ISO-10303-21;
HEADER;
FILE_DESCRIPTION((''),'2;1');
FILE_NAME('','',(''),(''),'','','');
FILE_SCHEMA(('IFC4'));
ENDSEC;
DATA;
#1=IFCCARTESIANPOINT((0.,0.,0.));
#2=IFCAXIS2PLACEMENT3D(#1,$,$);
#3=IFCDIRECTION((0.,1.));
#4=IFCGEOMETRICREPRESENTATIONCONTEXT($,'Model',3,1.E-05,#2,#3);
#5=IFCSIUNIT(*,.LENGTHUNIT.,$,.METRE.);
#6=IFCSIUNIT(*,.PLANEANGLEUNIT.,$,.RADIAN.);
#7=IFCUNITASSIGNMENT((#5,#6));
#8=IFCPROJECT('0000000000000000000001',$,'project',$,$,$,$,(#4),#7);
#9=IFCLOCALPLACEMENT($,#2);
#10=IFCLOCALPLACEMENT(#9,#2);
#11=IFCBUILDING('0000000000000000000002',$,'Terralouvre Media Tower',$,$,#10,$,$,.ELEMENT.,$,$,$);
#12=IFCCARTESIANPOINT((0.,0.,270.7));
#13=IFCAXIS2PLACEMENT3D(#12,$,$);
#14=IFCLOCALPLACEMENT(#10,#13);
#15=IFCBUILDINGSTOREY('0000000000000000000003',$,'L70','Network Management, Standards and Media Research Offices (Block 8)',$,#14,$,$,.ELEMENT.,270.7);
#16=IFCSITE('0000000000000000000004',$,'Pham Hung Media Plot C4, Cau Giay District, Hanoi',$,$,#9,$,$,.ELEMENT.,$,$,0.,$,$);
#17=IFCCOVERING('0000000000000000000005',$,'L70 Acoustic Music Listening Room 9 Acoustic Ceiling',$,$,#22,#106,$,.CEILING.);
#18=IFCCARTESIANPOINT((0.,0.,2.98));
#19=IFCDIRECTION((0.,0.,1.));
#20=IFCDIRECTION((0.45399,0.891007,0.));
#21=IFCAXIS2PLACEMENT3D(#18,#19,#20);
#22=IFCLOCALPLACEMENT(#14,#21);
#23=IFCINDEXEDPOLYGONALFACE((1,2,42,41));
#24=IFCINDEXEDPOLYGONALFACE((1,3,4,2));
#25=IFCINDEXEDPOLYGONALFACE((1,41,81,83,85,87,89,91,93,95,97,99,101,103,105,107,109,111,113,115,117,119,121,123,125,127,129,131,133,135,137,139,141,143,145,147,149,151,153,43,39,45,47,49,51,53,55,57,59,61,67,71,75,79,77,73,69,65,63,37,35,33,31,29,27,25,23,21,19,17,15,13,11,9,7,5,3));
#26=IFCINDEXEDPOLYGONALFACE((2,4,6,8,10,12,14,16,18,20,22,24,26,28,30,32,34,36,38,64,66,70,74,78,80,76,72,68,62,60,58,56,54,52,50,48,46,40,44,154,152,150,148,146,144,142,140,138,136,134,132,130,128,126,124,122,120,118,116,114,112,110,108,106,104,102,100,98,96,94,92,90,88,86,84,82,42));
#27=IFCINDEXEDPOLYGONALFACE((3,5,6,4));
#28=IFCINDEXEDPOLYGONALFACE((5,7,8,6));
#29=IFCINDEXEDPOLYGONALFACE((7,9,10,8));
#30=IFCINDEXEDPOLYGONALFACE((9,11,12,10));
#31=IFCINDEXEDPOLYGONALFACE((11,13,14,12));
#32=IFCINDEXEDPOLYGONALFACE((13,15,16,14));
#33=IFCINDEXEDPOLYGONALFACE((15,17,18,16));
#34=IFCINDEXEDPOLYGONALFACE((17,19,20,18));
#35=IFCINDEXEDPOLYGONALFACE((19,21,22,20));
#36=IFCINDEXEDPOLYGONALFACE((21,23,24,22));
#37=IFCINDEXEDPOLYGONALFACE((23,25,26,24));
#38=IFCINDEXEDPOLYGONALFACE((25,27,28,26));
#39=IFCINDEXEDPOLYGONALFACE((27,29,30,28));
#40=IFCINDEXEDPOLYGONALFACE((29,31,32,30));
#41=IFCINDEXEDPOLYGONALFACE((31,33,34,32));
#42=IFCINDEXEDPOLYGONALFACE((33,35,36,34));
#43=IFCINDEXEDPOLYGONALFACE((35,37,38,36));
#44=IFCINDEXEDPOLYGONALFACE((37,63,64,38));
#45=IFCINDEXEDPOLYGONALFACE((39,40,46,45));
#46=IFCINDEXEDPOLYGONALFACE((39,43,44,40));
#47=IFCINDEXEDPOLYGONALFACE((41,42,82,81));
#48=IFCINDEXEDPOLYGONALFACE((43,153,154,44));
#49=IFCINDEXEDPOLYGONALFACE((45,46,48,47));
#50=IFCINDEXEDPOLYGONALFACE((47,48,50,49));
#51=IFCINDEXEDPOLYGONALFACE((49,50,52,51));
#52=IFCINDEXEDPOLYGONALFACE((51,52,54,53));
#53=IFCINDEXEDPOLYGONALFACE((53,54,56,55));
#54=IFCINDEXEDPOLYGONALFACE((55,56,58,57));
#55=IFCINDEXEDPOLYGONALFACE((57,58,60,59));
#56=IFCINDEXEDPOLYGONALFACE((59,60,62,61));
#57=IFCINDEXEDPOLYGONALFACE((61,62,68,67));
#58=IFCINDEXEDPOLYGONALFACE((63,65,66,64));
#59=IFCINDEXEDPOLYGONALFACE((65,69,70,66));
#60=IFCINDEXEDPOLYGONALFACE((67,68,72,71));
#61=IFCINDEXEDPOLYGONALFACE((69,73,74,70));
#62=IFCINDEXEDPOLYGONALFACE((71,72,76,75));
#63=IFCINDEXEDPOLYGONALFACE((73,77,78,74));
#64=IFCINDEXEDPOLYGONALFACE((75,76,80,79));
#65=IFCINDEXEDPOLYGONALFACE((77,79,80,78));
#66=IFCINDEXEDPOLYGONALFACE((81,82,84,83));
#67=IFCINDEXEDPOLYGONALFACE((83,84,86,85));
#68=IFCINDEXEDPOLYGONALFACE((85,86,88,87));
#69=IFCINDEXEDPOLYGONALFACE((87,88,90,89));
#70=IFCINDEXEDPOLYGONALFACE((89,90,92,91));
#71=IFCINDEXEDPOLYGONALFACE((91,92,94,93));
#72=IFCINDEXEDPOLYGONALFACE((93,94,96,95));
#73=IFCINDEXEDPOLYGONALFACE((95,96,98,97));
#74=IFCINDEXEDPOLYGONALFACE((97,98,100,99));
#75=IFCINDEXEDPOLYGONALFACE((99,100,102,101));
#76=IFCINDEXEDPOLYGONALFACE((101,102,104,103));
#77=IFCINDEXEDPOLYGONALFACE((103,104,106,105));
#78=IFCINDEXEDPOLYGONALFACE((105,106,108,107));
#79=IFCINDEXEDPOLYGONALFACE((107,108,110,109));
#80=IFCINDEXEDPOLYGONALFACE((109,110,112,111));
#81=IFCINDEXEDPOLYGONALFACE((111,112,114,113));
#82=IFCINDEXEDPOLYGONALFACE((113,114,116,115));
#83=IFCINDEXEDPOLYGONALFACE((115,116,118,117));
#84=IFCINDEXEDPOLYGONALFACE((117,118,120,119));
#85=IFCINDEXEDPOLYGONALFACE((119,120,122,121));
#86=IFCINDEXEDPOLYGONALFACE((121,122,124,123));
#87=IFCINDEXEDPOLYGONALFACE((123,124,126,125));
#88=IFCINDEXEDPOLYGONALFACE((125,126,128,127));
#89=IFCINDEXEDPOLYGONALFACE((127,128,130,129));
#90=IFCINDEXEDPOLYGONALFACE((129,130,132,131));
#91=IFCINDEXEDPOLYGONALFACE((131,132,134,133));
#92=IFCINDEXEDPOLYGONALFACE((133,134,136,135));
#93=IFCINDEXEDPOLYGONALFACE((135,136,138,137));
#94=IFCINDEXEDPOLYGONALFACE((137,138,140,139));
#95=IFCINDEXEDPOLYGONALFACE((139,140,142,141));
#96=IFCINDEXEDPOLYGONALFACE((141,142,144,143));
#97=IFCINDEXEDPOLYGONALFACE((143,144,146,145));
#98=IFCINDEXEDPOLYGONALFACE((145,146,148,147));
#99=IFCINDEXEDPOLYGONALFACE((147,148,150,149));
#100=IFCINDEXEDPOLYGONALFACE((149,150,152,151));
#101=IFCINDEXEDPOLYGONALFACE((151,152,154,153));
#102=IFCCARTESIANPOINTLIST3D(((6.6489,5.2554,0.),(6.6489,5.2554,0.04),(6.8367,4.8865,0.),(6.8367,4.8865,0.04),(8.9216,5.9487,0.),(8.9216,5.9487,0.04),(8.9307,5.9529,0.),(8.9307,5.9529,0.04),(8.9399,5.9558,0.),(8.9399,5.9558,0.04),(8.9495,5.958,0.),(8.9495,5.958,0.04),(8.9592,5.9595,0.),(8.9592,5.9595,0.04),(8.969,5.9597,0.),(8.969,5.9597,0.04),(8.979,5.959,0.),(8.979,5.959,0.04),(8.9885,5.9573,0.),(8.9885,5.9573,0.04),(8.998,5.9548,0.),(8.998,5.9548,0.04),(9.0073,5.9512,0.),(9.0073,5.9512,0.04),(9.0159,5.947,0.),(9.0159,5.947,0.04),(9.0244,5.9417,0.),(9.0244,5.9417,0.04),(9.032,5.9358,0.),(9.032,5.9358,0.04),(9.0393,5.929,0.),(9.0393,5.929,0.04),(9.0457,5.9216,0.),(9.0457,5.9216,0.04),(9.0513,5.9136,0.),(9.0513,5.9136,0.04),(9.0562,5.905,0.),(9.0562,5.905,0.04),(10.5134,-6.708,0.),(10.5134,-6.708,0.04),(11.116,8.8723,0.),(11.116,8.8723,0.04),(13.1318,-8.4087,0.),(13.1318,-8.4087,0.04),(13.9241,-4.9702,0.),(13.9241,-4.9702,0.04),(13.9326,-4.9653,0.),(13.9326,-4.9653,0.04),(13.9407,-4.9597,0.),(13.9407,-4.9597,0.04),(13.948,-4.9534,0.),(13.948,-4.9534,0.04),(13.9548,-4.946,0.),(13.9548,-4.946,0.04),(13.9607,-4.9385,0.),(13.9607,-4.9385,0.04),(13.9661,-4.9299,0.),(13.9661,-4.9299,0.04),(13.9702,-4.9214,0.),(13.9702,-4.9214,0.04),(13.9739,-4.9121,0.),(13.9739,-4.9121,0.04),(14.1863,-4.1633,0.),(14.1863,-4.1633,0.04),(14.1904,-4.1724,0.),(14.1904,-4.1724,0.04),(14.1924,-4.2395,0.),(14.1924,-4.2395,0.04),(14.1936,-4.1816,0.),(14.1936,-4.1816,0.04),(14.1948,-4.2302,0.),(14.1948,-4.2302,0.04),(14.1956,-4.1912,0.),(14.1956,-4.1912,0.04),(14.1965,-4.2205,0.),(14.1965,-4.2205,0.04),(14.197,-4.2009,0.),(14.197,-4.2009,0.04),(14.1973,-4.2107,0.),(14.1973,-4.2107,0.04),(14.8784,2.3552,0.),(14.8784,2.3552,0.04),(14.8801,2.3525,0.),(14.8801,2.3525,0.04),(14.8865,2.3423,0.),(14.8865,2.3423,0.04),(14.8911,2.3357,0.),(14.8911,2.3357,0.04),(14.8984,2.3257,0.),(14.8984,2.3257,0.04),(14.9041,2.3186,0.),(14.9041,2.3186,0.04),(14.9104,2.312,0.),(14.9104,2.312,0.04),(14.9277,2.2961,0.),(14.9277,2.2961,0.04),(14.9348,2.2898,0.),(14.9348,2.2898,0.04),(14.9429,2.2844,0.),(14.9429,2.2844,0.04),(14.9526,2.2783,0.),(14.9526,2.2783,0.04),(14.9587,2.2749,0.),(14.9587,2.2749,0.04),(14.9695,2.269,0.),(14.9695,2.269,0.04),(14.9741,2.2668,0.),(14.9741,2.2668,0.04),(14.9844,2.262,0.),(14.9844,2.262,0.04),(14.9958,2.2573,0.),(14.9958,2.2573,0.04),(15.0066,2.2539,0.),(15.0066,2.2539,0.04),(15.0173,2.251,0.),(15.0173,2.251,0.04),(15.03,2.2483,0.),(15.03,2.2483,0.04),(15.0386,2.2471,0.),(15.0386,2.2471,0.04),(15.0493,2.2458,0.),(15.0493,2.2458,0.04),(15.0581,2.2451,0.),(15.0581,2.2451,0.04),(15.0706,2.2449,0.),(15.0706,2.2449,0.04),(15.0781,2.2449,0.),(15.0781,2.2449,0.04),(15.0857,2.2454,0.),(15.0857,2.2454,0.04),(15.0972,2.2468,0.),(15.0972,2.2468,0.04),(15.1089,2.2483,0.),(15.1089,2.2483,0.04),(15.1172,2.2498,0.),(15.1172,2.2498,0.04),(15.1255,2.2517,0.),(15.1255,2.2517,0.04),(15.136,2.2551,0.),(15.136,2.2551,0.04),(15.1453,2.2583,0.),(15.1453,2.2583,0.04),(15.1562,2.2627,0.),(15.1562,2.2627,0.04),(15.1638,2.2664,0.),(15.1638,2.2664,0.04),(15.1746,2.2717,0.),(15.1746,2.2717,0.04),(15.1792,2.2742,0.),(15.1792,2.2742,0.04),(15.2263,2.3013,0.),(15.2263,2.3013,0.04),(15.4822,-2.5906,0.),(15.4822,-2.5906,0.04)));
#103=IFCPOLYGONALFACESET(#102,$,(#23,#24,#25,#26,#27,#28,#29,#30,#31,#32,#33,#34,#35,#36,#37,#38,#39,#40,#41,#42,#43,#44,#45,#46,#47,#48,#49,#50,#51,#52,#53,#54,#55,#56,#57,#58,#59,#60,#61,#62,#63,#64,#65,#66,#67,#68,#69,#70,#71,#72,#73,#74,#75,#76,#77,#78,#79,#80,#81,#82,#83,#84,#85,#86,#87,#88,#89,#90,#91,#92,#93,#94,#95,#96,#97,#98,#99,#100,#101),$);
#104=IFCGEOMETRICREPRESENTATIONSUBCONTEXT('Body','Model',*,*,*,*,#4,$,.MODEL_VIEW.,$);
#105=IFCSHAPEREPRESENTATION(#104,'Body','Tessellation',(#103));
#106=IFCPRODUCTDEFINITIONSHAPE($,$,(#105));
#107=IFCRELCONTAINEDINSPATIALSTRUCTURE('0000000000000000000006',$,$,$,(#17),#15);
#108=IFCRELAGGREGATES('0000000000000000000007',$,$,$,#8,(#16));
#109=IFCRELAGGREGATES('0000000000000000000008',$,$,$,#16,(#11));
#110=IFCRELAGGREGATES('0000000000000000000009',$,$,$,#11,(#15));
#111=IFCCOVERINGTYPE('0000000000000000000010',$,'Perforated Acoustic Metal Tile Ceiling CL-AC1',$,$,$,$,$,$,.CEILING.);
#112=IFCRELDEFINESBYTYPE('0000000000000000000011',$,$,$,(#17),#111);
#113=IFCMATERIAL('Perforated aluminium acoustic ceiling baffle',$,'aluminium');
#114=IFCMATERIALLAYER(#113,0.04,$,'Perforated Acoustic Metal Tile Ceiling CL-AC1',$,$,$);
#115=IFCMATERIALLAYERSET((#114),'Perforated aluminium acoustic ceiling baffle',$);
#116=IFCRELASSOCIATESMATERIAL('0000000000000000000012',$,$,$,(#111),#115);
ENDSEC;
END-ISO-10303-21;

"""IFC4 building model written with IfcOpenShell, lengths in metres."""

from ifc_helpers import new_model, si_unit, direction, frame, origin, place, context, subcontext, project, spatial, polyline, outline, extrude, material, layer, layer_set, type_object, element, save


model = new_model("IFC4")

# Units and contexts
model_context = context("Model", 3, precision=1e-05, world=origin(), true_north=direction((0.0, 1.0)))
body_context = subcontext(model_context, "Body", "Model", "MODEL_VIEW")
ifc_project = project(units=[si_unit("LENGTHUNIT", "METRE"), si_unit("PLANEANGLEUNIT", "RADIAN")], contexts=[model_context])

# Site, building, storey
site_placement = place(None, origin())
site = spatial("IfcSite", under=ifc_project, at=site_placement, Name="Pham Hung Media Plot C4, Cau Giay District, Hanoi", CompositionType="ELEMENT", RefElevation=0.0)
building_placement = place(site_placement, origin())
building = spatial("IfcBuilding", under=site, at=building_placement, Name="Terralouvre Media Tower", CompositionType="ELEMENT")
storey_placement = place(building_placement, frame((0.0, 0.0, 270.7)))
storey = spatial("IfcBuildingStorey", under=building, at=storey_placement, Name="L70", Description="Network Management, Standards and Media Research Offices (Block 8)", CompositionType="ELEMENT", Elevation=270.7)

# Covering
ifc_material_1 = material(Name="Perforated aluminium acoustic ceiling baffle", Category="aluminium")
ifc_layer_1 = layer(ifc_material_1, 0.04, Name="Perforated Acoustic Metal Tile Ceiling CL-AC1")
ifc_layer_set_1 = layer_set([ifc_layer_1], Name="Perforated aluminium acoustic ceiling baffle")
covering_type = type_object("IfcCoveringType", Name="Perforated Acoustic Metal Tile Ceiling CL-AC1", PredefinedType="CEILING", material=ifc_layer_set_1)
covering_placement = place(storey_placement, frame((0.0, 0.0, 2.98), z_axis=(0.0, 0.0, 1.0), x_axis=(0.45399, 0.891007, 0.0)))
element("IfcCovering", 1, at=covering_placement, inside=storey, type_object=covering_type, Name="L70 Acoustic Music Listening Room 9 Acoustic Ceiling", PredefinedType="CEILING", context=body_context, shape_type="SweptSolid", body=[
    extrude(outline(polyline([(6.8367, 4.8865), (8.9216, 5.9487), (8.9307, 5.9529), (8.9399, 5.9558), (8.9495, 5.958), (8.9592, 5.9595), (8.969, 5.9597), (8.979, 5.959), (8.9885, 5.9573), (8.998, 5.9548), (9.0073, 5.9512), (9.0159, 5.947), (9.0244, 5.9417), (9.032, 5.9358), (9.0393, 5.929), (9.0457, 5.9216), (9.0513, 5.9136), (9.0562, 5.905), (14.1863, -4.1633), (14.1904, -4.1724), (14.1936, -4.1816), (14.1956, -4.1912), (14.197, -4.2009), (14.1973, -4.2107), (14.1965, -4.2205), (14.1948, -4.2302), (14.1924, -4.2395), (13.9739, -4.9121), (13.9702, -4.9214), (13.9661, -4.9299), (13.9607, -4.9385), (13.9548, -4.946), (13.948, -4.9534), (13.9407, -4.9597), (13.9326, -4.9653), (13.9241, -4.9702), (10.5134, -6.708), (13.1318, -8.4087), (15.4822, -2.5906), (15.2263, 2.3013), (15.1792, 2.2742), (15.1746, 2.2717), (15.1638, 2.2664), (15.1562, 2.2627), (15.1453, 2.2583), (15.136, 2.2551), (15.1255, 2.2517), (15.1172, 2.2498), (15.1089, 2.2483), (15.0972, 2.2468), (15.0857, 2.2454), (15.0781, 2.2449), (15.0706, 2.2449), (15.0581, 2.2451), (15.0493, 2.2458), (15.0386, 2.2471), (15.03, 2.2483), (15.0173, 2.251), (15.0066, 2.2539), (14.9958, 2.2573), (14.9844, 2.262), (14.9741, 2.2668), (14.9695, 2.269), (14.9587, 2.2749), (14.9526, 2.2783), (14.9429, 2.2844), (14.9348, 2.2898), (14.9277, 2.2961), (14.9104, 2.312), (14.9041, 2.3186), (14.8984, 2.3257), (14.8911, 2.3357), (14.8865, 2.3423), (14.8801, 2.3525), (14.8784, 2.3552), (11.116, 8.8723), (6.6489, 5.2554), (6.8367, 4.8865)])), origin(), (0.0, 0.0, 1.0), 0.04),
])

save(model, "model.ifc")
